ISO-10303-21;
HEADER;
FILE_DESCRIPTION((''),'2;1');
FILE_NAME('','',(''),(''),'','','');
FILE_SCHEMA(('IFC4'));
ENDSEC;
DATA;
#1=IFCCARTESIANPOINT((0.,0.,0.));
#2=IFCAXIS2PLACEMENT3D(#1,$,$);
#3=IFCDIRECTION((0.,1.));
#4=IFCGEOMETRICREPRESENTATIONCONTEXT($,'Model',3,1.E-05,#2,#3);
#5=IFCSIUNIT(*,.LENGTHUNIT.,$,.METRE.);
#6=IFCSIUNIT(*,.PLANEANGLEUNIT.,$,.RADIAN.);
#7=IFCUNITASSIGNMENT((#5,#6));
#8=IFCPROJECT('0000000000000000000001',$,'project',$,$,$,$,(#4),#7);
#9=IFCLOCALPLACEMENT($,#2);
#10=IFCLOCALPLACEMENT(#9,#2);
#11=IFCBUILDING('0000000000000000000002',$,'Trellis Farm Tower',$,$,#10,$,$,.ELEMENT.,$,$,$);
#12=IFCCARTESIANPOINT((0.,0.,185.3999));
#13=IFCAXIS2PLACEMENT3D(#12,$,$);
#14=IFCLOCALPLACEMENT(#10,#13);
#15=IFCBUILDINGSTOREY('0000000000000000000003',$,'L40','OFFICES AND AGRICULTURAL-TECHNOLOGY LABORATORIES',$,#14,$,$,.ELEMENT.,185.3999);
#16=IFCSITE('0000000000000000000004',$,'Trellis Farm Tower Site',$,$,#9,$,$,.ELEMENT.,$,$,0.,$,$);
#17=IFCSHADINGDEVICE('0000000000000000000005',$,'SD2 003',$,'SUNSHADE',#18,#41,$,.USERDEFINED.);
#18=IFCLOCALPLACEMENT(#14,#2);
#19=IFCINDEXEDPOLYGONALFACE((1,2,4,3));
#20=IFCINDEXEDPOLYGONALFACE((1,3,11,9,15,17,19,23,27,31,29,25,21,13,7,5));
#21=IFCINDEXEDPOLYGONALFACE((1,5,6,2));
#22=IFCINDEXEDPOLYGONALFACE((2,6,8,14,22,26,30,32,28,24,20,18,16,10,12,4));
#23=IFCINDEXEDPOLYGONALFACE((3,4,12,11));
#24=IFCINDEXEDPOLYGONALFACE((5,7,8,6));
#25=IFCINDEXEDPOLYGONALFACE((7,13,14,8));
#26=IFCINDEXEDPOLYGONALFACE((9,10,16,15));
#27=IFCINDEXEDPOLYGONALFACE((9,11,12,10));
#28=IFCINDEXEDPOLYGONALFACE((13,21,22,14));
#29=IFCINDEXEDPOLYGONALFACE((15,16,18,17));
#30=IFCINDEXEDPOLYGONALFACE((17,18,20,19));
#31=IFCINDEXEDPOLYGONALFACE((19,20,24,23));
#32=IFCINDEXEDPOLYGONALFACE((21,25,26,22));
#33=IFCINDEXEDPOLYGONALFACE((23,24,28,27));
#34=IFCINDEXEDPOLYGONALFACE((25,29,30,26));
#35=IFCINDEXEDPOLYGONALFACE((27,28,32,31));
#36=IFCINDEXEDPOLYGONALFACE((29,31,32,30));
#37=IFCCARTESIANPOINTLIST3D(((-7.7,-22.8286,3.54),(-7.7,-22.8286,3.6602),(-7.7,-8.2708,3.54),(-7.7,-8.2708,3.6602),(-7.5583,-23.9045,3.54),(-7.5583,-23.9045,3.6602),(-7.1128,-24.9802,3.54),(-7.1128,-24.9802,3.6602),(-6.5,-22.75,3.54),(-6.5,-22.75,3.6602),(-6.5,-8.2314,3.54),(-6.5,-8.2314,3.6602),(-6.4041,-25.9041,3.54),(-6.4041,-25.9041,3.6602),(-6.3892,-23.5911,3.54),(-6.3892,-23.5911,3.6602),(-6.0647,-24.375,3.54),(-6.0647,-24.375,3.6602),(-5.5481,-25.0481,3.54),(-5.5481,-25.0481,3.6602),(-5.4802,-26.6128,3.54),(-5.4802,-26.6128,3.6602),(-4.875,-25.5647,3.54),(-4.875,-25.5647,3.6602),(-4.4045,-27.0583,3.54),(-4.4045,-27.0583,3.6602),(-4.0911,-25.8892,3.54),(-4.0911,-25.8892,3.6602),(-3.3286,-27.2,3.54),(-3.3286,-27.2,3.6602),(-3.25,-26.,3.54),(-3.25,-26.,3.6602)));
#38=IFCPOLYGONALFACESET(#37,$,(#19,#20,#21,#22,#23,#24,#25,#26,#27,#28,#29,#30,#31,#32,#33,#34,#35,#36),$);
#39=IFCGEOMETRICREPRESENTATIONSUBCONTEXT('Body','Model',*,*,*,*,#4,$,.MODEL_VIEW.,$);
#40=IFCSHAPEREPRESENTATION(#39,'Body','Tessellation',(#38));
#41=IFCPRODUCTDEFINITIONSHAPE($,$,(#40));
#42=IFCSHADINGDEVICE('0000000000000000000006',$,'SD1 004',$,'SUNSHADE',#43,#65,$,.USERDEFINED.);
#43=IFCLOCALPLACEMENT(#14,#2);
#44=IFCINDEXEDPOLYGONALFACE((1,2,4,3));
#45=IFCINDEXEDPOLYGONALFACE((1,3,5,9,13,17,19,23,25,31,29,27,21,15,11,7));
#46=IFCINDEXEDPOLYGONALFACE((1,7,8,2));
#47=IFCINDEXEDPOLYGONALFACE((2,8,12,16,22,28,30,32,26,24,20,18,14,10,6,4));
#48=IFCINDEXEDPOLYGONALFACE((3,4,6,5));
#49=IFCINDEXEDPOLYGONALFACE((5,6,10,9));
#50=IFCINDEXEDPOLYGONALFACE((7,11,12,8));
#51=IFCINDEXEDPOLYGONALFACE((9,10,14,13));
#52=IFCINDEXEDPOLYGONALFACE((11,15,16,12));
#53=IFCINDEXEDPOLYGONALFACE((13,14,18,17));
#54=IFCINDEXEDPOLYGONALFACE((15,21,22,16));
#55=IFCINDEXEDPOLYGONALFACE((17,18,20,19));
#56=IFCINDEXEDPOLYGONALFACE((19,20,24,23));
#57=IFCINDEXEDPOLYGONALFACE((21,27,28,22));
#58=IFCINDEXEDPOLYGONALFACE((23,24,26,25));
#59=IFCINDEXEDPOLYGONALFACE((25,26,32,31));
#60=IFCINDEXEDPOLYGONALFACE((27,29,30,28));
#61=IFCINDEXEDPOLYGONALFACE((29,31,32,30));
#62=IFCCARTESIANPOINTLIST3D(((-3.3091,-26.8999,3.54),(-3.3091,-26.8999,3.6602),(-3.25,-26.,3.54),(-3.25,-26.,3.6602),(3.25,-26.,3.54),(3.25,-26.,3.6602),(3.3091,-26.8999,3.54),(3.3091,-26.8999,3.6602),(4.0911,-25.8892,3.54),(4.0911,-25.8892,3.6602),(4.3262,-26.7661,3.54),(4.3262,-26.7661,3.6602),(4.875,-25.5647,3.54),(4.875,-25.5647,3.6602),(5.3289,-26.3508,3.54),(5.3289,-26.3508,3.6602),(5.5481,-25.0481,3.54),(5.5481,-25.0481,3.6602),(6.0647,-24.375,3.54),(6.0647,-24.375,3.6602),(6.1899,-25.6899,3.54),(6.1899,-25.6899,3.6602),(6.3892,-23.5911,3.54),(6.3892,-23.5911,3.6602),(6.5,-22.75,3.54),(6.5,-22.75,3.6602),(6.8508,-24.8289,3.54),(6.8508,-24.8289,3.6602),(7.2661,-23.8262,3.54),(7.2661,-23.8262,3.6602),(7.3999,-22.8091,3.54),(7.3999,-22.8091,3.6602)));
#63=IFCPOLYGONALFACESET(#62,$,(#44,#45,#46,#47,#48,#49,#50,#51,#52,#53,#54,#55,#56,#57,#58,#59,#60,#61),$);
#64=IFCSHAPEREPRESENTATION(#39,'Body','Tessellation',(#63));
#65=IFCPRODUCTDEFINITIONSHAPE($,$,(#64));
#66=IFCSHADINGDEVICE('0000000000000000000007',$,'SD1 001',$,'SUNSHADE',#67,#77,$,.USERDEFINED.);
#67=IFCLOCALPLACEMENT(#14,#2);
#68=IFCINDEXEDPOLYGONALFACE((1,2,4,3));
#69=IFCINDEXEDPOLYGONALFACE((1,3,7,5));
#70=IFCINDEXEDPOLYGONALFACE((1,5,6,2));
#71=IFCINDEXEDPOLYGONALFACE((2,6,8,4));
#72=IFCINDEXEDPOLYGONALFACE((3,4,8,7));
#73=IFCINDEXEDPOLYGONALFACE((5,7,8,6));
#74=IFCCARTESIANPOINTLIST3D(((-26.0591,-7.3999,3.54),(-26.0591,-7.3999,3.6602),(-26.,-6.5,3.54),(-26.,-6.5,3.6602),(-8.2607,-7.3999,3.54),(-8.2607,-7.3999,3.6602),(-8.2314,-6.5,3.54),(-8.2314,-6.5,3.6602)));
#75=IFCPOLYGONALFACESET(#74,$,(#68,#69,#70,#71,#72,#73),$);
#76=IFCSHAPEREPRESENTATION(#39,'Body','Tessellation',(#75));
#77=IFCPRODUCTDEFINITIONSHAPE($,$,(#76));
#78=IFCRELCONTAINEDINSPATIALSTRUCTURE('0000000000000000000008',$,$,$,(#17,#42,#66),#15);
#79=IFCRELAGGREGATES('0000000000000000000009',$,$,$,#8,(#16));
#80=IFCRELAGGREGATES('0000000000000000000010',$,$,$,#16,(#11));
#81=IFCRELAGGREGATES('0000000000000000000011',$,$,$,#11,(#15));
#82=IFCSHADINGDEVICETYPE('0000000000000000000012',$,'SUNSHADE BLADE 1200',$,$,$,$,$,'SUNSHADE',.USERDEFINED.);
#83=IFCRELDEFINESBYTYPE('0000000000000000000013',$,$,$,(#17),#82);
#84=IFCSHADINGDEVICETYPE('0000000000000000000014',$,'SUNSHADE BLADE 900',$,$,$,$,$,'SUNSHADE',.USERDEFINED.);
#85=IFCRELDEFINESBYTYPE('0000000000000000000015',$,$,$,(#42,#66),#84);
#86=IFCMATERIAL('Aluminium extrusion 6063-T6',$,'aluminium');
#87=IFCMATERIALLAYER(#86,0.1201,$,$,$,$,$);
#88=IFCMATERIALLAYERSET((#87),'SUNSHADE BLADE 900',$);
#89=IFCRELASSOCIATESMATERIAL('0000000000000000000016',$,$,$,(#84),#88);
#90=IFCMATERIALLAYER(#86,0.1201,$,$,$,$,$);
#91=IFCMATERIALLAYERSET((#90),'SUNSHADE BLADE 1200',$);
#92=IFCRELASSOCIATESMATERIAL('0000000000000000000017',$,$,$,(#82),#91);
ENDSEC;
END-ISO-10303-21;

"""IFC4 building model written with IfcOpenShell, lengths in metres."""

from ifc_helpers import new_model, si_unit, direction, frame, origin, place, context, subcontext, project, spatial, polyline, outline, extrude, source, transform, mapped, material, layer, layer_set, type_object, element, save


model = new_model("IFC4")

# Units and contexts
model_context = context("Model", 3, precision=1e-05, world=origin(), true_north=direction((0.0, 1.0)))
body_context = subcontext(model_context, "Body", "Model", "MODEL_VIEW")
ifc_project = project(units=[si_unit("LENGTHUNIT", "METRE"), si_unit("PLANEANGLEUNIT", "RADIAN")], contexts=[model_context])

# Site, building, storey
site_placement = place(None, origin())
site = spatial("IfcSite", under=ifc_project, at=site_placement, Name="Trellis Farm Tower Site", CompositionType="ELEMENT", RefElevation=0.0)
building_placement = place(site_placement, origin())
building = spatial("IfcBuilding", under=site, at=building_placement, Name="Trellis Farm Tower", CompositionType="ELEMENT")
storey_placement = place(building_placement, frame((0.0, 0.0, 185.3999)))
storey = spatial("IfcBuildingStorey", under=building, at=storey_placement, Name="L40", Description="OFFICES AND AGRICULTURAL-TECHNOLOGY LABORATORIES", CompositionType="ELEMENT", Elevation=185.3999)

# Shared definitions
ifc_material_1 = material(Name="Aluminium extrusion 6063-T6", Category="aluminium")

# Shading devices
ifc_layer_1 = layer(ifc_material_1, 0.1201)
ifc_layer_set_1 = layer_set([ifc_layer_1], Name="SUNSHADE BLADE 900")
shading_device_type_1 = type_object("IfcShadingDeviceType", Name="SUNSHADE BLADE 900", ElementType="SUNSHADE", PredefinedType="USERDEFINED", material=ifc_layer_set_1)
placement_1 = place(storey_placement, frame((0.0, 0.0, 3.54)))
ifc_layer_2 = layer(ifc_material_1, 0.1201)
ifc_layer_set_2 = layer_set([ifc_layer_2], Name="SUNSHADE BLADE 1200")
shading_device_type_2 = type_object("IfcShadingDeviceType", Name="SUNSHADE BLADE 1200", ElementType="SUNSHADE", PredefinedType="USERDEFINED", material=ifc_layer_set_2)
shared_shape_1 = source(origin(), body_context, "Body", "SweptSolid", [
    extrude(outline(polyline([(-7.7, -8.2708), (-7.7, -22.8286), (-7.5583, -23.9045), (-7.1128, -24.9802), (-6.4041, -25.9041), (-5.4802, -26.6128), (-4.4045, -27.0583), (-3.3286, -27.2), (-3.25, -26.0), (-4.0911, -25.8892), (-4.875, -25.5647), (-5.5481, -25.0481), (-6.0647, -24.375), (-6.3892, -23.5911), (-6.5, -22.75), (-6.5, -8.2314), (-7.7, -8.2708)])), origin(), (0.0, 0.0, 1.0), 0.1201),
])
element("IfcShadingDevice", 1, at=placement_1, inside=storey, type_object=shading_device_type_2, Name="SD2 003", ObjectType="SUNSHADE", PredefinedType="USERDEFINED", context=body_context, shape_type="MappedRepresentation", body=[
    mapped(shared_shape_1, transform((0.0, 0.0, 0.0))),
])
shared_shape_2 = source(origin(), body_context, "Body", "SweptSolid", [
    extrude(outline(polyline([(-3.3091, -26.8999), (3.3091, -26.8999), (4.3262, -26.7661), (5.3289, -26.3508), (6.1899, -25.6899), (6.8508, -24.8289), (7.2661, -23.8262), (7.3999, -22.8091), (6.5, -22.75), (6.3892, -23.5911), (6.0647, -24.375), (5.5481, -25.0481), (4.875, -25.5647), (4.0911, -25.8892), (3.25, -26.0), (-3.25, -26.0), (-3.3091, -26.8999)])), origin(), (0.0, 0.0, 1.0), 0.1201),
])
element("IfcShadingDevice", 2, at=placement_1, inside=storey, type_object=shading_device_type_1, Name="SD1 004", ObjectType="SUNSHADE", PredefinedType="USERDEFINED", context=body_context, shape_type="MappedRepresentation", body=[
    mapped(shared_shape_2, transform((0.0, 0.0, 0.0))),
])
shared_shape_3 = source(origin(), body_context, "Body", "SweptSolid", [
    extrude(outline(polyline([(-26.0591, -7.3999), (-8.2607, -7.3999), (-8.2314, -6.5), (-26.0, -6.5), (-26.0591, -7.3999)])), origin(), (0.0, 0.0, 1.0), 0.1201),
])
element("IfcShadingDevice", 3, at=placement_1, inside=storey, type_object=shading_device_type_1, Name="SD1 001", ObjectType="SUNSHADE", PredefinedType="USERDEFINED", context=body_context, shape_type="MappedRepresentation", body=[
    mapped(shared_shape_3, transform((0.0, 0.0, 0.0))),
])

save(model, "model.ifc")
